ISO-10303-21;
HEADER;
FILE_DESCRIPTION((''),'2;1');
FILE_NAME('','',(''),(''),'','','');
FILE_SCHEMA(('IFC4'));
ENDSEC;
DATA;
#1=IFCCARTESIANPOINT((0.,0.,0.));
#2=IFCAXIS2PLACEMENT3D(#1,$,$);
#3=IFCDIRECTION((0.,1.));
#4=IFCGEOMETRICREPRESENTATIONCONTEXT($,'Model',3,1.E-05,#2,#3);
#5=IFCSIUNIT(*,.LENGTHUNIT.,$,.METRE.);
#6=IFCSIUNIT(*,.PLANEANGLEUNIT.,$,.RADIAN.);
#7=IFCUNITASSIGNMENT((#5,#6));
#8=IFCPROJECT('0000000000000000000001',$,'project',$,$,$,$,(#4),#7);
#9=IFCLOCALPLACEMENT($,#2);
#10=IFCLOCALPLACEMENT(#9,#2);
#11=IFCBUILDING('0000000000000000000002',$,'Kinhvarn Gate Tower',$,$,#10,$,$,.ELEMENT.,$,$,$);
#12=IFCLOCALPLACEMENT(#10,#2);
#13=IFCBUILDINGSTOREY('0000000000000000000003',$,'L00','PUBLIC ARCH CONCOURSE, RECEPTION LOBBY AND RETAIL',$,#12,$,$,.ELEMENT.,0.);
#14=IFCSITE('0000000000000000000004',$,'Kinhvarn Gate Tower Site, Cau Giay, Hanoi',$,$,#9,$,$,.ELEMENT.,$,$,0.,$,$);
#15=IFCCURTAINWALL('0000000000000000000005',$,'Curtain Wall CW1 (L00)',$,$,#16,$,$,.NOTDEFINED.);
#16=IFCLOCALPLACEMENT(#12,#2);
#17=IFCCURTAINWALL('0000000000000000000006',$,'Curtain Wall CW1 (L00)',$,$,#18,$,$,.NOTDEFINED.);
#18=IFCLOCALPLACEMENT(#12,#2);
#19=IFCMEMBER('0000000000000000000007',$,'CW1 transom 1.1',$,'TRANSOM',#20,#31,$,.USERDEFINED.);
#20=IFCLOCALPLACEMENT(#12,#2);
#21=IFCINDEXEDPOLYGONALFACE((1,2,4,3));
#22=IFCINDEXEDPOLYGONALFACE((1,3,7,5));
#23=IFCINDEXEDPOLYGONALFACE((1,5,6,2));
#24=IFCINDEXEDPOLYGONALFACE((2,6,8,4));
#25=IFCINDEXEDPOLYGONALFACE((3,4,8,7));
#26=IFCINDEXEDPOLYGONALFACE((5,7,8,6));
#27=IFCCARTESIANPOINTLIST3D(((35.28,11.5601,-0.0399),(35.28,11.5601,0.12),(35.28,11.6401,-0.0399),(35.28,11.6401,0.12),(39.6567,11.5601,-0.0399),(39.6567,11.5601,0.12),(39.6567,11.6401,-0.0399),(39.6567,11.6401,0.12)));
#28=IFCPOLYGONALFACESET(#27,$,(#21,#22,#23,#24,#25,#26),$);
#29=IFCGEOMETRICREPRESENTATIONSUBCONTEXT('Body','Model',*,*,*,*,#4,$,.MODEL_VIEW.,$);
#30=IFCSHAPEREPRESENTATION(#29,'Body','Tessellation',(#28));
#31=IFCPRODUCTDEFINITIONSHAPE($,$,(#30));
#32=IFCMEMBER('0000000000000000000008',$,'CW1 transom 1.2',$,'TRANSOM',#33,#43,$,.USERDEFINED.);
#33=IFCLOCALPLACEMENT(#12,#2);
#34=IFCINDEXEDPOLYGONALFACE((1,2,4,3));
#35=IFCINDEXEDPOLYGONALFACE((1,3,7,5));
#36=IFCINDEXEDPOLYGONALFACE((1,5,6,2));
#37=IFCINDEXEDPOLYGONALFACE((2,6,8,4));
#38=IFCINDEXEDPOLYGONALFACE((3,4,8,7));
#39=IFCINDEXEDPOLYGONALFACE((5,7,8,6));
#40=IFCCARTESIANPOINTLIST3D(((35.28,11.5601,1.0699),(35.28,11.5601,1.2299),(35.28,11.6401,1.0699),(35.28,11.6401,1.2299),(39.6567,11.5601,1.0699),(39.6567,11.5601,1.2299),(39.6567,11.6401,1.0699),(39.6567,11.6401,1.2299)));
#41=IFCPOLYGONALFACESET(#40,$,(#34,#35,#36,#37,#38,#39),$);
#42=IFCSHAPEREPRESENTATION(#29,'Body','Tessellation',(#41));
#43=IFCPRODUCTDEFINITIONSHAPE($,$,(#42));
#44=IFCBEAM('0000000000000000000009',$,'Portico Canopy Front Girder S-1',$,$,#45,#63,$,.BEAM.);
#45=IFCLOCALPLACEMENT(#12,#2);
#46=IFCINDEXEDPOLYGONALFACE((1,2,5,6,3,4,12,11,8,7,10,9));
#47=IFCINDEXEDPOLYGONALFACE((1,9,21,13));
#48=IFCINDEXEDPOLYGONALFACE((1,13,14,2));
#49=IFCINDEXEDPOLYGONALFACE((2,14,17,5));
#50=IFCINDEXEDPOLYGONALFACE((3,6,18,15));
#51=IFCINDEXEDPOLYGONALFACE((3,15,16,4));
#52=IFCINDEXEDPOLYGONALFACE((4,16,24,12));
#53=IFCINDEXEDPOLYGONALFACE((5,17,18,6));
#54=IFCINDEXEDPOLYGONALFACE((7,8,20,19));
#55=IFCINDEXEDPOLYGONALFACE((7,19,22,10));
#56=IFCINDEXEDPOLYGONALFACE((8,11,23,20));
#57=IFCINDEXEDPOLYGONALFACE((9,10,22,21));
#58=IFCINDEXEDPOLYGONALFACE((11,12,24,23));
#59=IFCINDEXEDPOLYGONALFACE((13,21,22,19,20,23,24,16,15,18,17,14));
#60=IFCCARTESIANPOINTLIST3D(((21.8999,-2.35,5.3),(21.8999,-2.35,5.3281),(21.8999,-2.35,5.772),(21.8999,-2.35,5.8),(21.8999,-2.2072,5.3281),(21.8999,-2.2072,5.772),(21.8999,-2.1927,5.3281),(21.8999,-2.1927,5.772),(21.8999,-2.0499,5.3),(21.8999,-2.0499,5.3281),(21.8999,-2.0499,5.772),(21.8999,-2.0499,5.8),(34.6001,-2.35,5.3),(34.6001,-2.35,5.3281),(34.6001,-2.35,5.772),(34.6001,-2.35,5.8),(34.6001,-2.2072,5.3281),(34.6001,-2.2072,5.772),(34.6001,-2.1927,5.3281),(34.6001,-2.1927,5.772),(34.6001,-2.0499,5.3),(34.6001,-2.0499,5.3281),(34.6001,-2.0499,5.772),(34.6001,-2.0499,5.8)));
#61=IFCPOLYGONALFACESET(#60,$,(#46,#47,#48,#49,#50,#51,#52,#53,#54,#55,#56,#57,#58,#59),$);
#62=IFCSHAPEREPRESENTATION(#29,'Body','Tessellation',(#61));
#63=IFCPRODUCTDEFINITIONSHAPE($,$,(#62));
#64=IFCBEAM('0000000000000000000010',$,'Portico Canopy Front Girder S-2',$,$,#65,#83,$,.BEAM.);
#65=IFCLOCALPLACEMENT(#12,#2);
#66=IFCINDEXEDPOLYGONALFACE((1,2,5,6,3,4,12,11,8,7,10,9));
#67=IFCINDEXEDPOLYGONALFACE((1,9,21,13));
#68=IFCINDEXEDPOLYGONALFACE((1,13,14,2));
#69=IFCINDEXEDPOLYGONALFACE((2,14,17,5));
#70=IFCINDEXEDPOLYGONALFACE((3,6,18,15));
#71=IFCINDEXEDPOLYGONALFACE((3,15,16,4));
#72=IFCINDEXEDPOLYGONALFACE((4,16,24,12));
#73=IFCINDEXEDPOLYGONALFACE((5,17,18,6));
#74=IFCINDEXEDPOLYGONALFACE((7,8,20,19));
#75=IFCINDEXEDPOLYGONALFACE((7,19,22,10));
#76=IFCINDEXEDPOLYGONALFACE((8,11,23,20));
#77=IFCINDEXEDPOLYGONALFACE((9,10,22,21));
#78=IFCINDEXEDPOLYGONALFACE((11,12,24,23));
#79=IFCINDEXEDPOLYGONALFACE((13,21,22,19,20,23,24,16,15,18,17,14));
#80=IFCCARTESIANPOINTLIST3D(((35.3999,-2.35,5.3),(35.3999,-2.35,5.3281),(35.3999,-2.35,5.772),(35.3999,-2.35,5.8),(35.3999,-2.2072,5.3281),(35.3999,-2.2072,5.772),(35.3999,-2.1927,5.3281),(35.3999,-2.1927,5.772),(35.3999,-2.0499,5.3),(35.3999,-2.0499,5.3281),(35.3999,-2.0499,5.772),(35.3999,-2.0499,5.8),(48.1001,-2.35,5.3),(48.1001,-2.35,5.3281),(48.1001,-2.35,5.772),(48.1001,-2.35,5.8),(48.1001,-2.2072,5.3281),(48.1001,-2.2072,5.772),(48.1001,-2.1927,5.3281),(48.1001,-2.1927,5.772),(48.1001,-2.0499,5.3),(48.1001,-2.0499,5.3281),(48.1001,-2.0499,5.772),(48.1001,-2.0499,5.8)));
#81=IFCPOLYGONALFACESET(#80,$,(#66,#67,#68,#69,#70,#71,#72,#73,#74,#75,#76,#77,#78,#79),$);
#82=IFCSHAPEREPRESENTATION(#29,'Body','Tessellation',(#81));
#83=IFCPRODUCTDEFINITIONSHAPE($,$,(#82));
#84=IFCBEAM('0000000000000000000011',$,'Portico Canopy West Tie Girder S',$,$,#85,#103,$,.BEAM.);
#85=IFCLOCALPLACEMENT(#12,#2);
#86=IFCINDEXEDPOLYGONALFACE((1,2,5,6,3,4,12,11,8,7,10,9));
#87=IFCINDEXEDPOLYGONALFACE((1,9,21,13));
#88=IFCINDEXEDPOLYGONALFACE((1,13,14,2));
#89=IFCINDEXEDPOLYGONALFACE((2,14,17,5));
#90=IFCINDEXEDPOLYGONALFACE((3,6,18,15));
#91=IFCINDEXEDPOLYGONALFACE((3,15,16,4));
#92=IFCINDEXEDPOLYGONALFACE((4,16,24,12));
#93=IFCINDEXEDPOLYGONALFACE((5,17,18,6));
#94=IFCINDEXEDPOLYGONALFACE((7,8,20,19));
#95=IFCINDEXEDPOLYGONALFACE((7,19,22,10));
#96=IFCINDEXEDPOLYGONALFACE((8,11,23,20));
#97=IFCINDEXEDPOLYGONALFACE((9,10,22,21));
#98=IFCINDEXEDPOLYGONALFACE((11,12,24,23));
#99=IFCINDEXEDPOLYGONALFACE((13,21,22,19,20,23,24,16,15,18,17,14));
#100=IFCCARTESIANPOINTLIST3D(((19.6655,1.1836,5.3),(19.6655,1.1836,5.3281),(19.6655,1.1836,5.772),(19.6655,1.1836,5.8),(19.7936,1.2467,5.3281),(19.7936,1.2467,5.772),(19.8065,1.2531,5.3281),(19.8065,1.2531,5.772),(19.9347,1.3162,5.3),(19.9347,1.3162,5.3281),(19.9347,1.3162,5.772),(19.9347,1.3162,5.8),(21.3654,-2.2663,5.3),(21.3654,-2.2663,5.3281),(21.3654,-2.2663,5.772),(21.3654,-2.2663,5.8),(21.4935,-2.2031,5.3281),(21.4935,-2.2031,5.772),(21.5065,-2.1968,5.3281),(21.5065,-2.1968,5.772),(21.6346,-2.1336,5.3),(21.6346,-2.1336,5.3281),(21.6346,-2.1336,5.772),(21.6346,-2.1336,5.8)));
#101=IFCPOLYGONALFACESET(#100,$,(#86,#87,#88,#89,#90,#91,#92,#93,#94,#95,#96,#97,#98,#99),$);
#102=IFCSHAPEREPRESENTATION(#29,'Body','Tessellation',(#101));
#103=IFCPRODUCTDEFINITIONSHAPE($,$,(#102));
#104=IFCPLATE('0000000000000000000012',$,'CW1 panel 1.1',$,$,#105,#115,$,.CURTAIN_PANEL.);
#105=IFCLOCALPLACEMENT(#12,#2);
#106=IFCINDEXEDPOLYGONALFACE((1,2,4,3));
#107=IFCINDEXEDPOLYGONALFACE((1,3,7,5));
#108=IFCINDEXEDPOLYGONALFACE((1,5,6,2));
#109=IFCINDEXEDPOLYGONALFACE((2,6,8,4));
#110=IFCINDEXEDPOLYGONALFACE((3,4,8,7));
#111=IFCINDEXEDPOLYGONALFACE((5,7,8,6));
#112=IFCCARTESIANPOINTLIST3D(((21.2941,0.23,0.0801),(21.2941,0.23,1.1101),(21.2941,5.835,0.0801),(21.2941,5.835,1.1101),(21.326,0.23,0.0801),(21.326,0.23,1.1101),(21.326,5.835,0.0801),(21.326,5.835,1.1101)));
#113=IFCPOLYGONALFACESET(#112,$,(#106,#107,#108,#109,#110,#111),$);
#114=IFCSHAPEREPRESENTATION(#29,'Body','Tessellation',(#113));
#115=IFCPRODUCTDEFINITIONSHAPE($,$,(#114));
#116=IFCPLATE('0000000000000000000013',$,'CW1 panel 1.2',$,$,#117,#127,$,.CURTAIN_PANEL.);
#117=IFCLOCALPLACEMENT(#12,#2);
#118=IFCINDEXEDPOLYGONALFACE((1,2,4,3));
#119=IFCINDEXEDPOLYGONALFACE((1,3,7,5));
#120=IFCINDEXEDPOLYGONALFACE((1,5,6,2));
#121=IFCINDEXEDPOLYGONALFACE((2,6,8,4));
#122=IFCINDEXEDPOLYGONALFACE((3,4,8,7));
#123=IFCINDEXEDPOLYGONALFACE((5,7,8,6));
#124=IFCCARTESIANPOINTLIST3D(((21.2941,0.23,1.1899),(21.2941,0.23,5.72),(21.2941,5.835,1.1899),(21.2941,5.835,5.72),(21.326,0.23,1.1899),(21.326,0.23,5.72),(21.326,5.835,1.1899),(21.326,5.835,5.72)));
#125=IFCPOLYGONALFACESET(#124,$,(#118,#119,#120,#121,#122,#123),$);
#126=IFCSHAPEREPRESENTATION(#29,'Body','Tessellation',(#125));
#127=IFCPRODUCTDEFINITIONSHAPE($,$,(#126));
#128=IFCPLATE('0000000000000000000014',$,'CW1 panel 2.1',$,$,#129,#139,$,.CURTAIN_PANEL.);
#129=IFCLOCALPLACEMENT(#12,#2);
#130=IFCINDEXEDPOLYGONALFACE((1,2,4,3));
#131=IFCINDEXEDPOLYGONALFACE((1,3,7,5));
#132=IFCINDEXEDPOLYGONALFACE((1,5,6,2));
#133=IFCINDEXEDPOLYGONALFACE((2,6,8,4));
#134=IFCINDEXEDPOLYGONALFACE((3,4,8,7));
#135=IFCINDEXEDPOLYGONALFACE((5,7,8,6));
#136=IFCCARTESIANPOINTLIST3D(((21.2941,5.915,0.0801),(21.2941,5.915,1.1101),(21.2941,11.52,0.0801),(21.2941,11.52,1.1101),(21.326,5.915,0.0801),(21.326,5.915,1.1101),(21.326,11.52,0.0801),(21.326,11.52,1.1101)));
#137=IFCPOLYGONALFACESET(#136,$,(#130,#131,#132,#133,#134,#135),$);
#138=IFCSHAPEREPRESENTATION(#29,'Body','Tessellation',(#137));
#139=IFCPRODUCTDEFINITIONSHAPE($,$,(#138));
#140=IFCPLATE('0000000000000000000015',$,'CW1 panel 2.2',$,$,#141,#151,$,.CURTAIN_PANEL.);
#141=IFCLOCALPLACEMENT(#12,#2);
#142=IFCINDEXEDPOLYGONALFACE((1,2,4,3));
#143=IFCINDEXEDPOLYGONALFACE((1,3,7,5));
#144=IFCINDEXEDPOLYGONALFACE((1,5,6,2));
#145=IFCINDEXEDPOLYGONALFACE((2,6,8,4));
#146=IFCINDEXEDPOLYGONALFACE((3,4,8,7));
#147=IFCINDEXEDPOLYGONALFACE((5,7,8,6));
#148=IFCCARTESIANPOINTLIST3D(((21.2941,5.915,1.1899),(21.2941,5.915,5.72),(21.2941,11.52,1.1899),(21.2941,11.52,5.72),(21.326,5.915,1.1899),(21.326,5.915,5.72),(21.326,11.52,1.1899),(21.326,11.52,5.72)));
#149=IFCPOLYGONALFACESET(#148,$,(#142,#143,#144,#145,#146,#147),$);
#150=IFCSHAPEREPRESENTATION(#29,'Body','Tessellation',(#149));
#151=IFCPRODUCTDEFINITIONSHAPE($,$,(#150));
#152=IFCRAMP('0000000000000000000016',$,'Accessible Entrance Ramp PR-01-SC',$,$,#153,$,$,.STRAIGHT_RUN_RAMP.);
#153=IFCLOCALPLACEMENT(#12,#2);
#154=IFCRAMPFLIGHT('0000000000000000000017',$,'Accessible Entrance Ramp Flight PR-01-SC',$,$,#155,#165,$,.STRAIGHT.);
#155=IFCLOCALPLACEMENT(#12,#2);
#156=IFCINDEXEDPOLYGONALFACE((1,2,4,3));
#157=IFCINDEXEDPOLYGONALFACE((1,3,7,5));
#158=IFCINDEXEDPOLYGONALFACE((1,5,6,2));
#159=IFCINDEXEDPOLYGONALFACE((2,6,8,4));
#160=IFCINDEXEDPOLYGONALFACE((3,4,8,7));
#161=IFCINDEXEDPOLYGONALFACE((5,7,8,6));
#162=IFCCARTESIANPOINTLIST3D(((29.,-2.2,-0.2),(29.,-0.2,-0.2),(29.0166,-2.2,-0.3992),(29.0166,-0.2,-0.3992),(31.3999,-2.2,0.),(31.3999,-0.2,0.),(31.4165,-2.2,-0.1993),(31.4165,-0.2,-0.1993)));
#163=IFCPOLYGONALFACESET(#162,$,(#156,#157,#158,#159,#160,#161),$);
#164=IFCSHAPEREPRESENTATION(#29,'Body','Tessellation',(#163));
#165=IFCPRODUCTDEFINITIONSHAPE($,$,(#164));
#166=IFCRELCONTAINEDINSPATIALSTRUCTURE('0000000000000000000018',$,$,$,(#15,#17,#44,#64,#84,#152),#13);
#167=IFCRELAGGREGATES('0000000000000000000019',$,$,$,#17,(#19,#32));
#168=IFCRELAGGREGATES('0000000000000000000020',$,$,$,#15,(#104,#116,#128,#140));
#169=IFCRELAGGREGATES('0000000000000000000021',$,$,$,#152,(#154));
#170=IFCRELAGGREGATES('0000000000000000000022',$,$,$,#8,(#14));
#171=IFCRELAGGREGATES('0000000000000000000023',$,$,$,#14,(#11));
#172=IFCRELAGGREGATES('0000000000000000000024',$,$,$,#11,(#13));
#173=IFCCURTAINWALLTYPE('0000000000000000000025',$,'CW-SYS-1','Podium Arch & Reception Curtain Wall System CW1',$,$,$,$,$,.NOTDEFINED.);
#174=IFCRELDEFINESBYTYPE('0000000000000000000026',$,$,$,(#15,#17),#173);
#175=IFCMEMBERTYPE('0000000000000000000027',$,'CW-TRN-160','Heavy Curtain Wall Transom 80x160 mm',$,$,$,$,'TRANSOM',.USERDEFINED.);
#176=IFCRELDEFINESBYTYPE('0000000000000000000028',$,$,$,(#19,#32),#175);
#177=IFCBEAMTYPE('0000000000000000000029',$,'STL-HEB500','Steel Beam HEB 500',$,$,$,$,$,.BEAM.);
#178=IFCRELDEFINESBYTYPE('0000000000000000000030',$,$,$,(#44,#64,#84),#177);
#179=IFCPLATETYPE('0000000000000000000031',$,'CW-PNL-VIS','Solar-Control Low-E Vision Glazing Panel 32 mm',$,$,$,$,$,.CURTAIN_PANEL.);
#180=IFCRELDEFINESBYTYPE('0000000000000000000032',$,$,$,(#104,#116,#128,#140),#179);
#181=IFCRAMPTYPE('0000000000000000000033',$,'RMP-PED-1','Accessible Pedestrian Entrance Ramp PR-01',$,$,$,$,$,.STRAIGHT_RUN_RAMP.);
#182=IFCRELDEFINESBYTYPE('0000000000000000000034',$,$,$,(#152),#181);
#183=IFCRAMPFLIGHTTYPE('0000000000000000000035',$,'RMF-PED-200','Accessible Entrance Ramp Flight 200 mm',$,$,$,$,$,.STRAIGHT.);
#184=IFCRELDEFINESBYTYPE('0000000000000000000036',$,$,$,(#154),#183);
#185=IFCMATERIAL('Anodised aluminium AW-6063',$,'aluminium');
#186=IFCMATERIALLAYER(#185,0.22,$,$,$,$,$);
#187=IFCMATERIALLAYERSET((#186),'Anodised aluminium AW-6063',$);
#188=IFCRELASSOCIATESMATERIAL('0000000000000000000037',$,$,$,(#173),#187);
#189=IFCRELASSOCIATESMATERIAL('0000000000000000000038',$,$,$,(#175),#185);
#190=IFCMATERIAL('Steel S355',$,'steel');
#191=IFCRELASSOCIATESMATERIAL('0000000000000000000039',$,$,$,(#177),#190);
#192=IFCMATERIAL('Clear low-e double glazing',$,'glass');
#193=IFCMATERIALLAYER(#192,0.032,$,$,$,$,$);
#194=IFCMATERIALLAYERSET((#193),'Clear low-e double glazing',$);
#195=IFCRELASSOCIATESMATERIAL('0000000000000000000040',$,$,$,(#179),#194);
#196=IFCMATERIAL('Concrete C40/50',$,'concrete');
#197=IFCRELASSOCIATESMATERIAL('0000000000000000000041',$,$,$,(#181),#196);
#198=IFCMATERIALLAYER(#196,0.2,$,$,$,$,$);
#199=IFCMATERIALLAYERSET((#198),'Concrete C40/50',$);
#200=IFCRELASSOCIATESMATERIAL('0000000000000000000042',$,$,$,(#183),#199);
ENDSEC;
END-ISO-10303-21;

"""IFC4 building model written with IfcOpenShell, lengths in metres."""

from ifc_helpers import new_model, si_unit, direction, frame, origin, origin_2d, place, context, subcontext, project, spatial, polyline, rectangle, i_section, outline, extrude, material, layer, layer_set, material_profile, profile_set, type_object, element, aggregate, save


model = new_model("IFC4")

# Units and contexts
model_context = context("Model", 3, precision=1e-05, world=origin(), true_north=direction((0.0, 1.0)))
body_context = subcontext(model_context, "Body", "Model", "MODEL_VIEW")
ifc_project = project(units=[si_unit("LENGTHUNIT", "METRE"), si_unit("PLANEANGLEUNIT", "RADIAN")], contexts=[model_context])

# Site, building, storey
site_placement = place(None, origin())
site = spatial("IfcSite", under=ifc_project, at=site_placement, Name="Kinhvarn Gate Tower Site, Cau Giay, Hanoi", CompositionType="ELEMENT", RefElevation=0.0)
building_placement = place(site_placement, origin())
building = spatial("IfcBuilding", under=site, at=building_placement, Name="Kinhvarn Gate Tower", CompositionType="ELEMENT")
storey_placement = place(building_placement, origin())
storey = spatial("IfcBuildingStorey", under=building, at=storey_placement, Name="L00", Description="PUBLIC ARCH CONCOURSE, RECEPTION LOBBY AND RETAIL", CompositionType="ELEMENT", Elevation=0.0)

# Curtain wall
ifc_material_1 = material(Name="Anodised aluminium AW-6063", Category="aluminium")
ifc_layer_1 = layer(ifc_material_1, 0.22)
ifc_layer_set_1 = layer_set([ifc_layer_1], Name="Anodised aluminium AW-6063")
curtain_wall_type = type_object("IfcCurtainWallType", Name="CW-SYS-1", Description="Podium Arch & Reception Curtain Wall System CW1", PredefinedType="NOTDEFINED", material=ifc_layer_set_1)
curtain_wall_1_placement = place(storey_placement, origin())
curtain_wall_1 = element("IfcCurtainWall", 1, at=curtain_wall_1_placement, inside=storey, type_object=curtain_wall_type, Name="Curtain Wall CW1 (L00)", PredefinedType="NOTDEFINED")

# Curtain wall
curtain_wall_2_placement = place(storey_placement, origin())
curtain_wall_2 = element("IfcCurtainWall", 2, at=curtain_wall_2_placement, inside=storey, type_object=curtain_wall_type, Name="Curtain Wall CW1 (L00)", PredefinedType="NOTDEFINED")

# Members
ifc_material_profile_1 = material_profile(ifc_material_1, rectangle(XDim=0.0801, YDim=0.1599, at=origin_2d()), Name="ALU 80x160")
ifc_profile_set_1 = profile_set([ifc_material_profile_1], Name="Anodised aluminium AW-6063")
member_type_1 = type_object("IfcMemberType", Name="CW-TRN-160", Description="Heavy Curtain Wall Transom 80x160 mm", ElementType="TRANSOM", PredefinedType="USERDEFINED", material=ifc_profile_set_1)
member_1_placement = place(storey_placement, frame((35.28, 11.6001, 0.04), z_axis=(1.0, 0.0, 0.0), x_axis=(0.0, 1.0, 0.0)))
member_1 = element("IfcMember", 3, at=member_1_placement, type_object=member_type_1, Name="CW1 transom 1.1", ObjectType="TRANSOM", PredefinedType="USERDEFINED", context=body_context, shape_type="SweptSolid", body=[
    extrude(rectangle(XDim=0.0801, YDim=0.1599, at=origin_2d()), origin(), (0.0, 0.0, 1.0), 4.3767),
])
member_2_placement = place(storey_placement, frame((35.28, 11.6001, 1.1499), z_axis=(1.0, 0.0, 0.0), x_axis=(0.0, 1.0, 0.0)))
member_2 = element("IfcMember", 4, at=member_2_placement, type_object=member_type_1, Name="CW1 transom 1.2", ObjectType="TRANSOM", PredefinedType="USERDEFINED", context=body_context, shape_type="SweptSolid", body=[
    extrude(rectangle(XDim=0.0801, YDim=0.1599, at=origin_2d()), origin(), (0.0, 0.0, 1.0), 4.3767),
])
aggregate(curtain_wall_2, [member_1, member_2])

# Beams
ifc_material_2 = material(Name="Steel S355", Category="steel")
ifc_material_profile_2 = material_profile(ifc_material_2, i_section(OverallWidth=0.3, OverallDepth=0.5, WebThickness=0.0144, FlangeThickness=0.0281, at=origin_2d()), Name="HEB 500")
ifc_profile_set_2 = profile_set([ifc_material_profile_2], Name="Steel S355")
beam_type = type_object("IfcBeamType", Name="STL-HEB500", Description="Steel Beam HEB 500", PredefinedType="BEAM", material=ifc_profile_set_2)
for number, where, z_axis, x_axis, name in (
    (5, (21.8999, -2.2, 5.55), (1.0, 0.0, 0.0), (0.0, 1.0, 0.0), "Portico Canopy Front Girder S-1"),
    (6, (35.3999, -2.2, 5.55), (1.0, 0.0, 0.0), (0.0, 1.0, 0.0), "Portico Canopy Front Girder S-2"),
):
    element("IfcBeam", number, at=place(storey_placement, frame(where, z_axis=z_axis, x_axis=x_axis)), inside=storey, type_object=beam_type, Name=name, PredefinedType="BEAM", context=body_context, shape_type="SweptSolid", body=[
        extrude(i_section(OverallWidth=0.3, OverallDepth=0.5, WebThickness=0.0144, FlangeThickness=0.0281, at=origin_2d()), origin(), (0.0, 0.0, 1.0), 12.7002),
    ])
beam_placement = place(storey_placement, frame((21.5, -2.2, 5.55), z_axis=(-0.442001, 0.897015, 0.0), x_axis=(-0.897015, -0.442001, 0.0)))
element("IfcBeam", 7, at=beam_placement, inside=storey, type_object=beam_type, Name="Portico Canopy West Tie Girder S", PredefinedType="BEAM", context=body_context, shape_type="SweptSolid", body=[
    extrude(i_section(OverallWidth=0.3, OverallDepth=0.5, WebThickness=0.0144, FlangeThickness=0.0281, at=origin_2d()), origin(), (0.0, 0.0, 1.0), 3.8459),
])

# Plates
ifc_material_3 = material(Name="Clear low-e double glazing", Category="glass")
ifc_layer_2 = layer(ifc_material_3, 0.032)
ifc_layer_set_2 = layer_set([ifc_layer_2], Name="Clear low-e double glazing")
plate_type = type_object("IfcPlateType", Name="CW-PNL-VIS", Description="Solar-Control Low-E Vision Glazing Panel 32 mm", PredefinedType="CURTAIN_PANEL", material=ifc_layer_set_2)
plate_1_placement = place(storey_placement, frame((21.3101, 3.0325, 0.0801), z_axis=(0.0, 0.0, 1.0), x_axis=(0.0, 1.0, 0.0)))
plate_1 = element("IfcPlate", 8, at=plate_1_placement, type_object=plate_type, Name="CW1 panel 1.1", PredefinedType="CURTAIN_PANEL", context=body_context, shape_type="SweptSolid", body=[
    extrude(rectangle(XDim=5.605, YDim=0.032, at=origin_2d()), origin(), (0.0, 0.0, 1.0), 1.03),
])
plate_2_placement = place(storey_placement, frame((21.3101, 3.0325, 1.1899), z_axis=(0.0, 0.0, 1.0), x_axis=(0.0, 1.0, 0.0)))
plate_2 = element("IfcPlate", 9, at=plate_2_placement, type_object=plate_type, Name="CW1 panel 1.2", PredefinedType="CURTAIN_PANEL", context=body_context, shape_type="SweptSolid", body=[
    extrude(rectangle(XDim=5.605, YDim=0.032, at=origin_2d()), origin(), (0.0, 0.0, 1.0), 4.53),
])
plate_3_placement = place(storey_placement, frame((21.3101, 8.7175, 0.0801), z_axis=(0.0, 0.0, 1.0), x_axis=(0.0, 1.0, 0.0)))
plate_3 = element("IfcPlate", 10, at=plate_3_placement, type_object=plate_type, Name="CW1 panel 2.1", PredefinedType="CURTAIN_PANEL", context=body_context, shape_type="SweptSolid", body=[
    extrude(rectangle(XDim=5.605, YDim=0.032, at=origin_2d()), origin(), (0.0, 0.0, 1.0), 1.03),
])
plate_4_placement = place(storey_placement, frame((21.3101, 8.7175, 1.1899), z_axis=(0.0, 0.0, 1.0), x_axis=(0.0, 1.0, 0.0)))
plate_4 = element("IfcPlate", 11, at=plate_4_placement, type_object=plate_type, Name="CW1 panel 2.2", PredefinedType="CURTAIN_PANEL", context=body_context, shape_type="SweptSolid", body=[
    extrude(rectangle(XDim=5.605, YDim=0.032, at=origin_2d()), origin(), (0.0, 0.0, 1.0), 4.53),
])
aggregate(curtain_wall_1, [plate_1, plate_2, plate_3, plate_4])

# Ramp, ramp flight
ifc_material_4 = material(Name="Concrete C40/50", Category="concrete")
ramp_type = type_object("IfcRampType", Name="RMP-PED-1", Description="Accessible Pedestrian Entrance Ramp PR-01", PredefinedType="STRAIGHT_RUN_RAMP", material=ifc_material_4)
ramp_placement = place(storey_placement, origin())
ramp = element("IfcRamp", 12, at=ramp_placement, inside=storey, type_object=ramp_type, Name="Accessible Entrance Ramp PR-01-SC", PredefinedType="STRAIGHT_RUN_RAMP")
ifc_layer_3 = layer(ifc_material_4, 0.2)
ifc_layer_set_3 = layer_set([ifc_layer_3], Name="Concrete C40/50")
ramp_flight_type = type_object("IfcRampFlightType", Name="RMF-PED-200", Description="Accessible Entrance Ramp Flight 200 mm", PredefinedType="STRAIGHT", material=ifc_layer_set_3)
ramp_flight_placement = place(storey_placement, frame((29.0, -2.2, -0.2), z_axis=(-0.083029, 0.0, 0.996547), x_axis=(0.996547, 0.0, 0.083029)))
ramp_flight = element("IfcRampFlight", 13, at=ramp_flight_placement, type_object=ramp_flight_type, Name="Accessible Entrance Ramp Flight PR-01-SC", PredefinedType="STRAIGHT", context=body_context, shape_type="SweptSolid", body=[
    extrude(outline(polyline([(0.0, 0.0), (2.4082, 0.0), (2.4082, 2.0), (0.0, 2.0), (0.0, 0.0)])), origin(), (0.0, 0.0, -1.0), 0.2),
])
aggregate(ramp, [ramp_flight])

save(model, "model.ifc")
